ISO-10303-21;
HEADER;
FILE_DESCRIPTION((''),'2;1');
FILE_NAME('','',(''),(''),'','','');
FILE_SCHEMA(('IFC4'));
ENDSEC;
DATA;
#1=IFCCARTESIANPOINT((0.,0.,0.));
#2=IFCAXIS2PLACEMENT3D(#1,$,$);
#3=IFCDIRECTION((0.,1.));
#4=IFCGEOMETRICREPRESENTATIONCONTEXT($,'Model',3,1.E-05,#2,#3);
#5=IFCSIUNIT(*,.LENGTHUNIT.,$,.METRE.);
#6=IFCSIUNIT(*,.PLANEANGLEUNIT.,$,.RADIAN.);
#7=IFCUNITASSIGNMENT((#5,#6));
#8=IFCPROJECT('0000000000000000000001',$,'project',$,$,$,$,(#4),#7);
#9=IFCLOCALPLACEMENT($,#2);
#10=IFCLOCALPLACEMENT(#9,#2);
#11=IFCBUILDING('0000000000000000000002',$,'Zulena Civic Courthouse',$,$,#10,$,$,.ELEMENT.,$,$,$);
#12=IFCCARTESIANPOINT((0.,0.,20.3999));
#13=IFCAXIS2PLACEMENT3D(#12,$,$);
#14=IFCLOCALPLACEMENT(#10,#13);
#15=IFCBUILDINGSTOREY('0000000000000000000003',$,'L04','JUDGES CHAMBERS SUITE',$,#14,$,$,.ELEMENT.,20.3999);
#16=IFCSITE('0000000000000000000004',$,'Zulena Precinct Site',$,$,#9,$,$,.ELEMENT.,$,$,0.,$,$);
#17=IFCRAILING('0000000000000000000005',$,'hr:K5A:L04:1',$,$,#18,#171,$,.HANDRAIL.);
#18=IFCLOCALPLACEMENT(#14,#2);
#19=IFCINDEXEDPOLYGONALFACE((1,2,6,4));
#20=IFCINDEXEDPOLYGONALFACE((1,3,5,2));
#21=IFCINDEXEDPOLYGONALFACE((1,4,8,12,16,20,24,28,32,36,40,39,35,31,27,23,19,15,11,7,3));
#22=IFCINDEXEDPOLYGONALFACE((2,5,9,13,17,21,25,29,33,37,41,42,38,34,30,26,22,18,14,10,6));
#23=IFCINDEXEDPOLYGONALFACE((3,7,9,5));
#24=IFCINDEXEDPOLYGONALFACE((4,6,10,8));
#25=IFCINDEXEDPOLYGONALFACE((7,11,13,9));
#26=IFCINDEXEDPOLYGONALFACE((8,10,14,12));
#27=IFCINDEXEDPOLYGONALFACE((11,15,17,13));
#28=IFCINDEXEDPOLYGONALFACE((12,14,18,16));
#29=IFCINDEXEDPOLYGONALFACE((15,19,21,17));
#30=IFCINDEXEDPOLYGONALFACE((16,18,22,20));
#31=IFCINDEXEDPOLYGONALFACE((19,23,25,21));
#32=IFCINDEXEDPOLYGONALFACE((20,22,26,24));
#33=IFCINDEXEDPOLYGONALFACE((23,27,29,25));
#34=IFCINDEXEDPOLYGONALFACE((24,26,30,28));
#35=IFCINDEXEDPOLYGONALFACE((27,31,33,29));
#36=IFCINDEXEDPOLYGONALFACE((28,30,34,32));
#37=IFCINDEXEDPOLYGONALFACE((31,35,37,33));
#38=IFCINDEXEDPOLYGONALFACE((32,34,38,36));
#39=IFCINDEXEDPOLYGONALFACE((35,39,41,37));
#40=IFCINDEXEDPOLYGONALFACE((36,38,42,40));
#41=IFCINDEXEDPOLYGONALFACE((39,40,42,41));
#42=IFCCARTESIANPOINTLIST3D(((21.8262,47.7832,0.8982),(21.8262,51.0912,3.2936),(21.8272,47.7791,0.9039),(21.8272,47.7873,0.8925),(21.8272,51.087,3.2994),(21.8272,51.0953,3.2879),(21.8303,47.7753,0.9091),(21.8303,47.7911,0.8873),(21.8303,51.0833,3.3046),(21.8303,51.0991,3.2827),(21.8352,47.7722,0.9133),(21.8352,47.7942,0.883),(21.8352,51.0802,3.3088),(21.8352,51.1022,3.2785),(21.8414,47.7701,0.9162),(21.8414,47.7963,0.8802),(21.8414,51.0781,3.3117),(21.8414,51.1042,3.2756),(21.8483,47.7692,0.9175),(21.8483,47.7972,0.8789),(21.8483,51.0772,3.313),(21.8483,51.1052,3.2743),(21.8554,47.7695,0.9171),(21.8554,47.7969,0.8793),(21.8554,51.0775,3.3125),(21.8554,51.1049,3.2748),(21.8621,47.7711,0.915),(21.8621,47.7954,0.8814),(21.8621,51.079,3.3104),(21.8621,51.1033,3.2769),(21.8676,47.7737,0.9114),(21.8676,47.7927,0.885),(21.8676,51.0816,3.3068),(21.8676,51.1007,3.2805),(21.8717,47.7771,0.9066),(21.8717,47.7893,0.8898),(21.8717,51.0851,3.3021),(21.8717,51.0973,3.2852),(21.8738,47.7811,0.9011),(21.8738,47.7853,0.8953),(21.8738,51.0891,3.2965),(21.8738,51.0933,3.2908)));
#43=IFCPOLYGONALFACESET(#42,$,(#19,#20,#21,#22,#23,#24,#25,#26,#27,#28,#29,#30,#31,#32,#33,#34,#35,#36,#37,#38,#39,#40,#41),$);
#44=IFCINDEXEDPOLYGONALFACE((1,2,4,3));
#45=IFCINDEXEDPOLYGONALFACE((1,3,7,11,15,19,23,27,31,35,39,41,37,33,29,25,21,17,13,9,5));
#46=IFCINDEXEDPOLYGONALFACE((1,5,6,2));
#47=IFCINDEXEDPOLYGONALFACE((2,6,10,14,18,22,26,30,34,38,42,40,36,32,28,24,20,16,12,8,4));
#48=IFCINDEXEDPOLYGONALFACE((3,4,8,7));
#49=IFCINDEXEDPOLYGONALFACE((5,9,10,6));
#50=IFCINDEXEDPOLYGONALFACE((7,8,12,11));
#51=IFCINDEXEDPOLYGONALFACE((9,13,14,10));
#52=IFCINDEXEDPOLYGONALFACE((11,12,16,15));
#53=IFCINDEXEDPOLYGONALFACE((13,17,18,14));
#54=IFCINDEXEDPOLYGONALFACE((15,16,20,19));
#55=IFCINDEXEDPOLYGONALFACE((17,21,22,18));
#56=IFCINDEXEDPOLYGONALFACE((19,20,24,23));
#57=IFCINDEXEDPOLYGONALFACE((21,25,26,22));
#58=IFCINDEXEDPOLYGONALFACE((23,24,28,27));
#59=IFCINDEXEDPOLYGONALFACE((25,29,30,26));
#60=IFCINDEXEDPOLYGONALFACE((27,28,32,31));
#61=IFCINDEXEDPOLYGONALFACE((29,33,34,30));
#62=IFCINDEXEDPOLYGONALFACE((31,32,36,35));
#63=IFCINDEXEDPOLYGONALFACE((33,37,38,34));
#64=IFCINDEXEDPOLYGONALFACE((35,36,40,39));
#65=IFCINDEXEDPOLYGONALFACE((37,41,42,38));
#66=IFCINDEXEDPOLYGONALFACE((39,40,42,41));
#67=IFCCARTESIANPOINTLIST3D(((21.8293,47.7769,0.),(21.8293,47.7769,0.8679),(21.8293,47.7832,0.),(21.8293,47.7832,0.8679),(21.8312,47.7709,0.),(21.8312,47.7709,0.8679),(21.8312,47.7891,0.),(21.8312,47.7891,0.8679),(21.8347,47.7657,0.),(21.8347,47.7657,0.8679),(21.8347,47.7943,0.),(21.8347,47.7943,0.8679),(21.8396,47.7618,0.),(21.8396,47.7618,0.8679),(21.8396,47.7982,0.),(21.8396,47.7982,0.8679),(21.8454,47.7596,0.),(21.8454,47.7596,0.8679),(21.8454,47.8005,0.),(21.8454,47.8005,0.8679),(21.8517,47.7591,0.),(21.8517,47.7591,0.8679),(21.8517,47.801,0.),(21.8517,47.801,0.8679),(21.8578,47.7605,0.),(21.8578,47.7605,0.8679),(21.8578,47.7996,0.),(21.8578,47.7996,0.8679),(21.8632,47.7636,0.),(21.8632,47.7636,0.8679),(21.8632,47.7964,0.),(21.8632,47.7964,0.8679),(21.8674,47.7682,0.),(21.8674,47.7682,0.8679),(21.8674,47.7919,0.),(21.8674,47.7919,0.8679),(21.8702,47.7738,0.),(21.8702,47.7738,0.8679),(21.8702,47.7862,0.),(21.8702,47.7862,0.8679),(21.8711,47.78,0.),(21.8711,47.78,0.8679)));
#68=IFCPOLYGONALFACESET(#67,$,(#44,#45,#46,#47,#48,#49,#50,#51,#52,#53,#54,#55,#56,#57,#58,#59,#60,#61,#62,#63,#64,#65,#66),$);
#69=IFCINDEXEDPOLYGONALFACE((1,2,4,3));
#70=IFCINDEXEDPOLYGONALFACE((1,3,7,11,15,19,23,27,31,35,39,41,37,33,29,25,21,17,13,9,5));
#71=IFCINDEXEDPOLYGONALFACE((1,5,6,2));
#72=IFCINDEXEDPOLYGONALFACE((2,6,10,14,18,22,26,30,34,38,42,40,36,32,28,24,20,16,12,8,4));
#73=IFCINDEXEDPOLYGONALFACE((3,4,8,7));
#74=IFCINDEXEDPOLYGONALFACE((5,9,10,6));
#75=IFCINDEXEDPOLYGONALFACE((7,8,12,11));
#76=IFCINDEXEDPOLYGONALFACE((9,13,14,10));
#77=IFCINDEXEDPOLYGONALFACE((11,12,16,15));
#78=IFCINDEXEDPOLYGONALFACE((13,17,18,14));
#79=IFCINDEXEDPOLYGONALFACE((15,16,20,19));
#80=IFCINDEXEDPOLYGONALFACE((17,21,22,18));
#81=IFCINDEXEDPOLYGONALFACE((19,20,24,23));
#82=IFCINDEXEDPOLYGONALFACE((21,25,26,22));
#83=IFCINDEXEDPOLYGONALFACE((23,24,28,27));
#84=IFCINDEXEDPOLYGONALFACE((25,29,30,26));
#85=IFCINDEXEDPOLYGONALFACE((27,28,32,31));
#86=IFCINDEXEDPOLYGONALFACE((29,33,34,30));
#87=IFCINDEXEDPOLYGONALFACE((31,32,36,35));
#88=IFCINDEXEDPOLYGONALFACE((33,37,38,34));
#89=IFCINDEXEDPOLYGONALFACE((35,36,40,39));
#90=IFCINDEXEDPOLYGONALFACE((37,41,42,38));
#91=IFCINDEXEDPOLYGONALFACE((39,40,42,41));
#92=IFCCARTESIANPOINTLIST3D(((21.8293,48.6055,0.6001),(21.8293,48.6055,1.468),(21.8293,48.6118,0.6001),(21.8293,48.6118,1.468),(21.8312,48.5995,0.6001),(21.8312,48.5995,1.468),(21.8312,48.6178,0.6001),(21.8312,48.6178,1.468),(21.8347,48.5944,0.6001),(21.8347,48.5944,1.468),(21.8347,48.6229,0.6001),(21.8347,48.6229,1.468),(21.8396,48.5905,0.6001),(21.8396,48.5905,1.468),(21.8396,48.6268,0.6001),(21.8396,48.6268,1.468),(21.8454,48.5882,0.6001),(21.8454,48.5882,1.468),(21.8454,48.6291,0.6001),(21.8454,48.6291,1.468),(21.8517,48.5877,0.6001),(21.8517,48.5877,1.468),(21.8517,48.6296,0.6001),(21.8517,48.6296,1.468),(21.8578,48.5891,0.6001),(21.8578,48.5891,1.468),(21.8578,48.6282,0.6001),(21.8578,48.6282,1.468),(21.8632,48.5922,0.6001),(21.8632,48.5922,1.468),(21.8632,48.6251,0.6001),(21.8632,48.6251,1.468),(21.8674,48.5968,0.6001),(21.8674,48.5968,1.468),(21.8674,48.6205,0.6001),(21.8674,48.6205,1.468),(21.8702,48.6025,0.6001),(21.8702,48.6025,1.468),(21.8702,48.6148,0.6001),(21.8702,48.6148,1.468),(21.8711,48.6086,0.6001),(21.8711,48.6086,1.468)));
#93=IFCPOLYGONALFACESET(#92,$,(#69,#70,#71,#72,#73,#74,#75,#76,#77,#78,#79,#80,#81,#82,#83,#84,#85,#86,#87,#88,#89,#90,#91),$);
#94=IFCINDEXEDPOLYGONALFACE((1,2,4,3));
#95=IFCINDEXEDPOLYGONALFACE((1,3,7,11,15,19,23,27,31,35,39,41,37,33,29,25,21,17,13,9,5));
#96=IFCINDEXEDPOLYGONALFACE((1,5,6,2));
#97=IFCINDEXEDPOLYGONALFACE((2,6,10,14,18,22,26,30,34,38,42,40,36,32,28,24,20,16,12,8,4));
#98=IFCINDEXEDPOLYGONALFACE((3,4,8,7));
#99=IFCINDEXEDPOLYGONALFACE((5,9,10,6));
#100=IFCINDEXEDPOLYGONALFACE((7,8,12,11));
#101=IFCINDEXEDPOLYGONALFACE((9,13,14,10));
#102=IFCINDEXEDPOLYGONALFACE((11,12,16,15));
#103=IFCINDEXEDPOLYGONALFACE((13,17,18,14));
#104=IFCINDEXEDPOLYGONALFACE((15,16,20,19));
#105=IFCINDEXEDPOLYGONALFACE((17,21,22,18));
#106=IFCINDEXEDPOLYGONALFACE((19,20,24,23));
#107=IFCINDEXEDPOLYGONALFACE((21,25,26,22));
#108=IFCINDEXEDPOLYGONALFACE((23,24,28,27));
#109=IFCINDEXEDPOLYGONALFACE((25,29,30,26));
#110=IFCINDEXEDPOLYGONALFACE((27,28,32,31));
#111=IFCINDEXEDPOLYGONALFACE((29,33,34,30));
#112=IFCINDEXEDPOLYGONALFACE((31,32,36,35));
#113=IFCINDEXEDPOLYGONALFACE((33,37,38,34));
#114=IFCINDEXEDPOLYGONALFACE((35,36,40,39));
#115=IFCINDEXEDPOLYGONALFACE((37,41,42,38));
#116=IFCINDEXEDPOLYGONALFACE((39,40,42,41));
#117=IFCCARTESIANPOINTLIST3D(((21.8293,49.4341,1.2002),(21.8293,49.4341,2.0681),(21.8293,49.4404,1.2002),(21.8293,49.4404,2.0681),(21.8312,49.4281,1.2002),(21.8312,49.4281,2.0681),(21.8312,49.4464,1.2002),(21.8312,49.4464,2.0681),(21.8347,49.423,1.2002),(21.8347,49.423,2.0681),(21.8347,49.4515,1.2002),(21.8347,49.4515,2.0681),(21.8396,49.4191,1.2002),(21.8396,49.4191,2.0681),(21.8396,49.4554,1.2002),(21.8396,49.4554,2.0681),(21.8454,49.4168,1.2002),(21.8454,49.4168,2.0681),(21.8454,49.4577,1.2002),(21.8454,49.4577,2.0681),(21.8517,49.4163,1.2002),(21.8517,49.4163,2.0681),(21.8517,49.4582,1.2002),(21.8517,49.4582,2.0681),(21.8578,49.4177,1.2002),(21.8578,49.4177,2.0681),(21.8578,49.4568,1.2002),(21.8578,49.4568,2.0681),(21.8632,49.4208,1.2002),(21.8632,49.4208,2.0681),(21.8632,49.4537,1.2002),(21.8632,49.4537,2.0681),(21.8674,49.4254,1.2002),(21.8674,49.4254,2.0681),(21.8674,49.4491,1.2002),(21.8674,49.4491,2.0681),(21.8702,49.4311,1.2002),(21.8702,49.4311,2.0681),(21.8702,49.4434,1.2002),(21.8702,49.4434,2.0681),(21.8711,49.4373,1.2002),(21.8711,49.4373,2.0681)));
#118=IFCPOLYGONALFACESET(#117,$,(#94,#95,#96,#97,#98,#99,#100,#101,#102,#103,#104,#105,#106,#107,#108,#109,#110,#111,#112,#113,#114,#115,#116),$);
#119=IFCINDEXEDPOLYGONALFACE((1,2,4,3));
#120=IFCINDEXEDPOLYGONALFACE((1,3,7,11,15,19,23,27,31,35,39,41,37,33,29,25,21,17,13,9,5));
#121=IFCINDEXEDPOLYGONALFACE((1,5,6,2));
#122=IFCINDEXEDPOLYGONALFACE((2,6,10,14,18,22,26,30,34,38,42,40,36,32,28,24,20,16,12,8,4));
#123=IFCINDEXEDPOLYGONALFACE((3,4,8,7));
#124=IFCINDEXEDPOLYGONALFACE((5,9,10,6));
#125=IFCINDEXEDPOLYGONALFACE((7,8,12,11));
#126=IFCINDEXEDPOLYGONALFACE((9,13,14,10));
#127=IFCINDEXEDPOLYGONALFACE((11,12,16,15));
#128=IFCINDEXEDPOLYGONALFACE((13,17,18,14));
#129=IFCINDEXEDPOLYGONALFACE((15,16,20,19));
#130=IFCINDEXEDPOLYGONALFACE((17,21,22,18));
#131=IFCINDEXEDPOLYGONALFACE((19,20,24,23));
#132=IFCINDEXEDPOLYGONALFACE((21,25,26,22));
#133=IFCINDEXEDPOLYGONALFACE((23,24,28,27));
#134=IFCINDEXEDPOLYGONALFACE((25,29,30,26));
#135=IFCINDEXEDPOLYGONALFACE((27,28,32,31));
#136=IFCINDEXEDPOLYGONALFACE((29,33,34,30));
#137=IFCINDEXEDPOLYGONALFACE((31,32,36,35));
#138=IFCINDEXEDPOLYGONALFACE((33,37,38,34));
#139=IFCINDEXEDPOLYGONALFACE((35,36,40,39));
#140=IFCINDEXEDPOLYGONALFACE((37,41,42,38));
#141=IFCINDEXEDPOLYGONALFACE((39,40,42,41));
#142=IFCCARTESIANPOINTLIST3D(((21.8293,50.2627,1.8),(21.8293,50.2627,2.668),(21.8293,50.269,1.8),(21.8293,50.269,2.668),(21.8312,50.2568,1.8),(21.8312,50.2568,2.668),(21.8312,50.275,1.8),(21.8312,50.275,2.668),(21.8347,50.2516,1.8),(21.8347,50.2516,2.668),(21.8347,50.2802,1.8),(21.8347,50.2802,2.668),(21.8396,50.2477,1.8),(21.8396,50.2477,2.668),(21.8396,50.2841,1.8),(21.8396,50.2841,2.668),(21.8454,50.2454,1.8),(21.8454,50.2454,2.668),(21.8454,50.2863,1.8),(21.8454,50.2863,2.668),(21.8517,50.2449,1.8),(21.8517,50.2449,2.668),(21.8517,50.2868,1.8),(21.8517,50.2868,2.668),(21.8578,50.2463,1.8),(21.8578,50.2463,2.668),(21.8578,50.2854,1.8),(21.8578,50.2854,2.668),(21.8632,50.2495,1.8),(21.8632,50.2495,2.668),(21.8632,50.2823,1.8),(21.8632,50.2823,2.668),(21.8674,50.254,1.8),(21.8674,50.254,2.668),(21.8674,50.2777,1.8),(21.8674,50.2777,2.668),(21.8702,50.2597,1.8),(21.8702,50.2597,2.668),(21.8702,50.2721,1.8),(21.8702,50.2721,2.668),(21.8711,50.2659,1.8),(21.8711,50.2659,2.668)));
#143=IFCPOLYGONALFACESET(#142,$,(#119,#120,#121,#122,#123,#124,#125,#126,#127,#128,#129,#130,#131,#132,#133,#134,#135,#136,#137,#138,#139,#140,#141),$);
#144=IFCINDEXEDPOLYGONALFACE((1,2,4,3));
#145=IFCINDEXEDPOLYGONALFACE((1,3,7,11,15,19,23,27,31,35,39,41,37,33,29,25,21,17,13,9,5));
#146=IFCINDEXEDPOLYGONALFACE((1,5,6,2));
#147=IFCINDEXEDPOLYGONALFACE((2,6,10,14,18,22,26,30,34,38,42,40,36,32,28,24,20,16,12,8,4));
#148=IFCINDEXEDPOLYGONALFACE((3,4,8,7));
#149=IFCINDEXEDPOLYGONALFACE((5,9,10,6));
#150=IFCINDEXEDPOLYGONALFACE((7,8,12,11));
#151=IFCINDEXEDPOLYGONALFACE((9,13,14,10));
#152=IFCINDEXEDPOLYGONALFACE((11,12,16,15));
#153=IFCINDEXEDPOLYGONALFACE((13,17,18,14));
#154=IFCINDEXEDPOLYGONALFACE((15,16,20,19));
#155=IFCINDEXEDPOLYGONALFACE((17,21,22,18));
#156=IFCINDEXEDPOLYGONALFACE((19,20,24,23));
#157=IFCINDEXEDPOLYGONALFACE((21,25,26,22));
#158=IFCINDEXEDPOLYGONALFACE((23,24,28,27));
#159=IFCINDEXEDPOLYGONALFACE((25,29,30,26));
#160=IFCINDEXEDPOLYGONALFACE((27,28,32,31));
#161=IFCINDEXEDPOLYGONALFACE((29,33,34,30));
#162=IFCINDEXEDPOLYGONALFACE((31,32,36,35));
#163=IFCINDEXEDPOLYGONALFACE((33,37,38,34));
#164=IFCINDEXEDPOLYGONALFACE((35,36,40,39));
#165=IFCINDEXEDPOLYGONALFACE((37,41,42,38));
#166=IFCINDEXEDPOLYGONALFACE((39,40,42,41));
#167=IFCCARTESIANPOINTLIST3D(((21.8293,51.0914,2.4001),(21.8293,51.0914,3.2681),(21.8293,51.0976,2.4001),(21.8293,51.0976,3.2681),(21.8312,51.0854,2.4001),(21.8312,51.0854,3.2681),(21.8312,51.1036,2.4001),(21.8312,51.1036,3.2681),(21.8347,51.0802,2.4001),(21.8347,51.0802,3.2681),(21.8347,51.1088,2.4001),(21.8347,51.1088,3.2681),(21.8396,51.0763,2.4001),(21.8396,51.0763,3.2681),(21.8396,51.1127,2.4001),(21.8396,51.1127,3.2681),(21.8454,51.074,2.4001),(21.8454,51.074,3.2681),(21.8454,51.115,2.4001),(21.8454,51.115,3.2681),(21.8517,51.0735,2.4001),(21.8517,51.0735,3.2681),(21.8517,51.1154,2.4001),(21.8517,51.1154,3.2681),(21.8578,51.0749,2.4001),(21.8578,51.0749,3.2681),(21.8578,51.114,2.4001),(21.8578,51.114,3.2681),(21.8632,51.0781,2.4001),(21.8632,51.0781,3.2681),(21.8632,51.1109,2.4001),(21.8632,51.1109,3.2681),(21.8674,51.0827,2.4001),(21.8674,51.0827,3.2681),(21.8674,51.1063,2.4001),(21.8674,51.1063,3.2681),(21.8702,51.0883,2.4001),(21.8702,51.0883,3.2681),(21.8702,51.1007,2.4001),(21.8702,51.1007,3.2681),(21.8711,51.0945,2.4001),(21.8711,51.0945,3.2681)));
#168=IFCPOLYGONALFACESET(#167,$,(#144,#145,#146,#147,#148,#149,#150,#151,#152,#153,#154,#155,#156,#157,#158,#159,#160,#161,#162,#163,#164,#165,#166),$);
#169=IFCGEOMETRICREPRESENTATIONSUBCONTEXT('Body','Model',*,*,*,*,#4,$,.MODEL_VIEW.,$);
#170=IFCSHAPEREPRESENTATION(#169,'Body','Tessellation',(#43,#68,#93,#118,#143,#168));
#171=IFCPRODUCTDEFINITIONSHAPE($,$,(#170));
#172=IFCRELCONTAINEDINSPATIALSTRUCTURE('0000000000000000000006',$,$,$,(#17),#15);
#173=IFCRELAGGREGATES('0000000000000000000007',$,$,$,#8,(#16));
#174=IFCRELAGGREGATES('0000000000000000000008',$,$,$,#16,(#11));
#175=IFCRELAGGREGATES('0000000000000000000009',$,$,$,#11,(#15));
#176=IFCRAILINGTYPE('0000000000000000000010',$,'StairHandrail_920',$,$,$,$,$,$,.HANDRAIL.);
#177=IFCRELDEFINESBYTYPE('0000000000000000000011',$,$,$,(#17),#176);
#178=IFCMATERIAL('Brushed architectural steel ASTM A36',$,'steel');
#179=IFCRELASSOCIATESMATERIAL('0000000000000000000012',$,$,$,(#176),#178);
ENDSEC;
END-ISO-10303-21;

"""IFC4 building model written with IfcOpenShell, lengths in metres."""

from ifc_helpers import new_model, si_unit, direction, frame, origin, origin_2d, place, context, subcontext, project, spatial, circle, extrude, material, type_object, element, save


model = new_model("IFC4")

# Units and contexts
model_context = context("Model", 3, precision=1e-05, world=origin(), true_north=direction((0.0, 1.0)))
body_context = subcontext(model_context, "Body", "Model", "MODEL_VIEW")
ifc_project = project(units=[si_unit("LENGTHUNIT", "METRE"), si_unit("PLANEANGLEUNIT", "RADIAN")], contexts=[model_context])

# Site, building, storey
site_placement = place(None, origin())
site = spatial("IfcSite", under=ifc_project, at=site_placement, Name="Zulena Precinct Site", CompositionType="ELEMENT", RefElevation=0.0)
building_placement = place(site_placement, origin())
building = spatial("IfcBuilding", under=site, at=building_placement, Name="Zulena Civic Courthouse", CompositionType="ELEMENT")
storey_placement = place(building_placement, frame((0.0, 0.0, 20.3999)))
storey = spatial("IfcBuildingStorey", under=building, at=storey_placement, Name="L04", Description="JUDGES CHAMBERS SUITE", CompositionType="ELEMENT", Elevation=20.3999)

# Shared definitions
ifc_material_1 = material(Name="Brushed architectural steel ASTM A36", Category="steel")

# Railing
railing_type_1 = type_object("IfcRailingType", Name="StairHandrail_920", PredefinedType="HANDRAIL", material=ifc_material_1)
railing_1_placement = place(storey_placement, frame((21.8501, 47.78, 0.0)))
element("IfcRailing", 1, at=railing_1_placement, inside=storey, type_object=railing_type_1, Name="hr:K5A:L04:1", PredefinedType="HANDRAIL", context=body_context, shape_type="SweptSolid", body=[
    extrude(circle(Radius=0.0239, at=origin_2d()), frame((0.0, 0.0032, 0.8982), z_axis=(0.0, 0.809939, 0.586514), x_axis=(-1.0, 0.0, 0.0)), (0.0, 0.0, 1.0), 4.0842),
    extrude(circle(Radius=0.021, at=origin_2d()), origin(), (0.0, 0.0, 1.0), 0.8679),
    extrude(circle(Radius=0.021, at=origin_2d()), frame((0.0, 0.8286, 0.6001)), (0.0, 0.0, 1.0), 0.8679),
    extrude(circle(Radius=0.021, at=origin_2d()), frame((0.0, 1.6572, 1.2002)), (0.0, 0.0, 1.0), 0.8679),
    extrude(circle(Radius=0.021, at=origin_2d()), frame((0.0, 2.4858, 1.8)), (0.0, 0.0, 1.0), 0.8679),
    extrude(circle(Radius=0.021, at=origin_2d()), frame((0.0, 3.3145, 2.4001)), (0.0, 0.0, 1.0), 0.8679),
])

save(model, "model.ifc")
